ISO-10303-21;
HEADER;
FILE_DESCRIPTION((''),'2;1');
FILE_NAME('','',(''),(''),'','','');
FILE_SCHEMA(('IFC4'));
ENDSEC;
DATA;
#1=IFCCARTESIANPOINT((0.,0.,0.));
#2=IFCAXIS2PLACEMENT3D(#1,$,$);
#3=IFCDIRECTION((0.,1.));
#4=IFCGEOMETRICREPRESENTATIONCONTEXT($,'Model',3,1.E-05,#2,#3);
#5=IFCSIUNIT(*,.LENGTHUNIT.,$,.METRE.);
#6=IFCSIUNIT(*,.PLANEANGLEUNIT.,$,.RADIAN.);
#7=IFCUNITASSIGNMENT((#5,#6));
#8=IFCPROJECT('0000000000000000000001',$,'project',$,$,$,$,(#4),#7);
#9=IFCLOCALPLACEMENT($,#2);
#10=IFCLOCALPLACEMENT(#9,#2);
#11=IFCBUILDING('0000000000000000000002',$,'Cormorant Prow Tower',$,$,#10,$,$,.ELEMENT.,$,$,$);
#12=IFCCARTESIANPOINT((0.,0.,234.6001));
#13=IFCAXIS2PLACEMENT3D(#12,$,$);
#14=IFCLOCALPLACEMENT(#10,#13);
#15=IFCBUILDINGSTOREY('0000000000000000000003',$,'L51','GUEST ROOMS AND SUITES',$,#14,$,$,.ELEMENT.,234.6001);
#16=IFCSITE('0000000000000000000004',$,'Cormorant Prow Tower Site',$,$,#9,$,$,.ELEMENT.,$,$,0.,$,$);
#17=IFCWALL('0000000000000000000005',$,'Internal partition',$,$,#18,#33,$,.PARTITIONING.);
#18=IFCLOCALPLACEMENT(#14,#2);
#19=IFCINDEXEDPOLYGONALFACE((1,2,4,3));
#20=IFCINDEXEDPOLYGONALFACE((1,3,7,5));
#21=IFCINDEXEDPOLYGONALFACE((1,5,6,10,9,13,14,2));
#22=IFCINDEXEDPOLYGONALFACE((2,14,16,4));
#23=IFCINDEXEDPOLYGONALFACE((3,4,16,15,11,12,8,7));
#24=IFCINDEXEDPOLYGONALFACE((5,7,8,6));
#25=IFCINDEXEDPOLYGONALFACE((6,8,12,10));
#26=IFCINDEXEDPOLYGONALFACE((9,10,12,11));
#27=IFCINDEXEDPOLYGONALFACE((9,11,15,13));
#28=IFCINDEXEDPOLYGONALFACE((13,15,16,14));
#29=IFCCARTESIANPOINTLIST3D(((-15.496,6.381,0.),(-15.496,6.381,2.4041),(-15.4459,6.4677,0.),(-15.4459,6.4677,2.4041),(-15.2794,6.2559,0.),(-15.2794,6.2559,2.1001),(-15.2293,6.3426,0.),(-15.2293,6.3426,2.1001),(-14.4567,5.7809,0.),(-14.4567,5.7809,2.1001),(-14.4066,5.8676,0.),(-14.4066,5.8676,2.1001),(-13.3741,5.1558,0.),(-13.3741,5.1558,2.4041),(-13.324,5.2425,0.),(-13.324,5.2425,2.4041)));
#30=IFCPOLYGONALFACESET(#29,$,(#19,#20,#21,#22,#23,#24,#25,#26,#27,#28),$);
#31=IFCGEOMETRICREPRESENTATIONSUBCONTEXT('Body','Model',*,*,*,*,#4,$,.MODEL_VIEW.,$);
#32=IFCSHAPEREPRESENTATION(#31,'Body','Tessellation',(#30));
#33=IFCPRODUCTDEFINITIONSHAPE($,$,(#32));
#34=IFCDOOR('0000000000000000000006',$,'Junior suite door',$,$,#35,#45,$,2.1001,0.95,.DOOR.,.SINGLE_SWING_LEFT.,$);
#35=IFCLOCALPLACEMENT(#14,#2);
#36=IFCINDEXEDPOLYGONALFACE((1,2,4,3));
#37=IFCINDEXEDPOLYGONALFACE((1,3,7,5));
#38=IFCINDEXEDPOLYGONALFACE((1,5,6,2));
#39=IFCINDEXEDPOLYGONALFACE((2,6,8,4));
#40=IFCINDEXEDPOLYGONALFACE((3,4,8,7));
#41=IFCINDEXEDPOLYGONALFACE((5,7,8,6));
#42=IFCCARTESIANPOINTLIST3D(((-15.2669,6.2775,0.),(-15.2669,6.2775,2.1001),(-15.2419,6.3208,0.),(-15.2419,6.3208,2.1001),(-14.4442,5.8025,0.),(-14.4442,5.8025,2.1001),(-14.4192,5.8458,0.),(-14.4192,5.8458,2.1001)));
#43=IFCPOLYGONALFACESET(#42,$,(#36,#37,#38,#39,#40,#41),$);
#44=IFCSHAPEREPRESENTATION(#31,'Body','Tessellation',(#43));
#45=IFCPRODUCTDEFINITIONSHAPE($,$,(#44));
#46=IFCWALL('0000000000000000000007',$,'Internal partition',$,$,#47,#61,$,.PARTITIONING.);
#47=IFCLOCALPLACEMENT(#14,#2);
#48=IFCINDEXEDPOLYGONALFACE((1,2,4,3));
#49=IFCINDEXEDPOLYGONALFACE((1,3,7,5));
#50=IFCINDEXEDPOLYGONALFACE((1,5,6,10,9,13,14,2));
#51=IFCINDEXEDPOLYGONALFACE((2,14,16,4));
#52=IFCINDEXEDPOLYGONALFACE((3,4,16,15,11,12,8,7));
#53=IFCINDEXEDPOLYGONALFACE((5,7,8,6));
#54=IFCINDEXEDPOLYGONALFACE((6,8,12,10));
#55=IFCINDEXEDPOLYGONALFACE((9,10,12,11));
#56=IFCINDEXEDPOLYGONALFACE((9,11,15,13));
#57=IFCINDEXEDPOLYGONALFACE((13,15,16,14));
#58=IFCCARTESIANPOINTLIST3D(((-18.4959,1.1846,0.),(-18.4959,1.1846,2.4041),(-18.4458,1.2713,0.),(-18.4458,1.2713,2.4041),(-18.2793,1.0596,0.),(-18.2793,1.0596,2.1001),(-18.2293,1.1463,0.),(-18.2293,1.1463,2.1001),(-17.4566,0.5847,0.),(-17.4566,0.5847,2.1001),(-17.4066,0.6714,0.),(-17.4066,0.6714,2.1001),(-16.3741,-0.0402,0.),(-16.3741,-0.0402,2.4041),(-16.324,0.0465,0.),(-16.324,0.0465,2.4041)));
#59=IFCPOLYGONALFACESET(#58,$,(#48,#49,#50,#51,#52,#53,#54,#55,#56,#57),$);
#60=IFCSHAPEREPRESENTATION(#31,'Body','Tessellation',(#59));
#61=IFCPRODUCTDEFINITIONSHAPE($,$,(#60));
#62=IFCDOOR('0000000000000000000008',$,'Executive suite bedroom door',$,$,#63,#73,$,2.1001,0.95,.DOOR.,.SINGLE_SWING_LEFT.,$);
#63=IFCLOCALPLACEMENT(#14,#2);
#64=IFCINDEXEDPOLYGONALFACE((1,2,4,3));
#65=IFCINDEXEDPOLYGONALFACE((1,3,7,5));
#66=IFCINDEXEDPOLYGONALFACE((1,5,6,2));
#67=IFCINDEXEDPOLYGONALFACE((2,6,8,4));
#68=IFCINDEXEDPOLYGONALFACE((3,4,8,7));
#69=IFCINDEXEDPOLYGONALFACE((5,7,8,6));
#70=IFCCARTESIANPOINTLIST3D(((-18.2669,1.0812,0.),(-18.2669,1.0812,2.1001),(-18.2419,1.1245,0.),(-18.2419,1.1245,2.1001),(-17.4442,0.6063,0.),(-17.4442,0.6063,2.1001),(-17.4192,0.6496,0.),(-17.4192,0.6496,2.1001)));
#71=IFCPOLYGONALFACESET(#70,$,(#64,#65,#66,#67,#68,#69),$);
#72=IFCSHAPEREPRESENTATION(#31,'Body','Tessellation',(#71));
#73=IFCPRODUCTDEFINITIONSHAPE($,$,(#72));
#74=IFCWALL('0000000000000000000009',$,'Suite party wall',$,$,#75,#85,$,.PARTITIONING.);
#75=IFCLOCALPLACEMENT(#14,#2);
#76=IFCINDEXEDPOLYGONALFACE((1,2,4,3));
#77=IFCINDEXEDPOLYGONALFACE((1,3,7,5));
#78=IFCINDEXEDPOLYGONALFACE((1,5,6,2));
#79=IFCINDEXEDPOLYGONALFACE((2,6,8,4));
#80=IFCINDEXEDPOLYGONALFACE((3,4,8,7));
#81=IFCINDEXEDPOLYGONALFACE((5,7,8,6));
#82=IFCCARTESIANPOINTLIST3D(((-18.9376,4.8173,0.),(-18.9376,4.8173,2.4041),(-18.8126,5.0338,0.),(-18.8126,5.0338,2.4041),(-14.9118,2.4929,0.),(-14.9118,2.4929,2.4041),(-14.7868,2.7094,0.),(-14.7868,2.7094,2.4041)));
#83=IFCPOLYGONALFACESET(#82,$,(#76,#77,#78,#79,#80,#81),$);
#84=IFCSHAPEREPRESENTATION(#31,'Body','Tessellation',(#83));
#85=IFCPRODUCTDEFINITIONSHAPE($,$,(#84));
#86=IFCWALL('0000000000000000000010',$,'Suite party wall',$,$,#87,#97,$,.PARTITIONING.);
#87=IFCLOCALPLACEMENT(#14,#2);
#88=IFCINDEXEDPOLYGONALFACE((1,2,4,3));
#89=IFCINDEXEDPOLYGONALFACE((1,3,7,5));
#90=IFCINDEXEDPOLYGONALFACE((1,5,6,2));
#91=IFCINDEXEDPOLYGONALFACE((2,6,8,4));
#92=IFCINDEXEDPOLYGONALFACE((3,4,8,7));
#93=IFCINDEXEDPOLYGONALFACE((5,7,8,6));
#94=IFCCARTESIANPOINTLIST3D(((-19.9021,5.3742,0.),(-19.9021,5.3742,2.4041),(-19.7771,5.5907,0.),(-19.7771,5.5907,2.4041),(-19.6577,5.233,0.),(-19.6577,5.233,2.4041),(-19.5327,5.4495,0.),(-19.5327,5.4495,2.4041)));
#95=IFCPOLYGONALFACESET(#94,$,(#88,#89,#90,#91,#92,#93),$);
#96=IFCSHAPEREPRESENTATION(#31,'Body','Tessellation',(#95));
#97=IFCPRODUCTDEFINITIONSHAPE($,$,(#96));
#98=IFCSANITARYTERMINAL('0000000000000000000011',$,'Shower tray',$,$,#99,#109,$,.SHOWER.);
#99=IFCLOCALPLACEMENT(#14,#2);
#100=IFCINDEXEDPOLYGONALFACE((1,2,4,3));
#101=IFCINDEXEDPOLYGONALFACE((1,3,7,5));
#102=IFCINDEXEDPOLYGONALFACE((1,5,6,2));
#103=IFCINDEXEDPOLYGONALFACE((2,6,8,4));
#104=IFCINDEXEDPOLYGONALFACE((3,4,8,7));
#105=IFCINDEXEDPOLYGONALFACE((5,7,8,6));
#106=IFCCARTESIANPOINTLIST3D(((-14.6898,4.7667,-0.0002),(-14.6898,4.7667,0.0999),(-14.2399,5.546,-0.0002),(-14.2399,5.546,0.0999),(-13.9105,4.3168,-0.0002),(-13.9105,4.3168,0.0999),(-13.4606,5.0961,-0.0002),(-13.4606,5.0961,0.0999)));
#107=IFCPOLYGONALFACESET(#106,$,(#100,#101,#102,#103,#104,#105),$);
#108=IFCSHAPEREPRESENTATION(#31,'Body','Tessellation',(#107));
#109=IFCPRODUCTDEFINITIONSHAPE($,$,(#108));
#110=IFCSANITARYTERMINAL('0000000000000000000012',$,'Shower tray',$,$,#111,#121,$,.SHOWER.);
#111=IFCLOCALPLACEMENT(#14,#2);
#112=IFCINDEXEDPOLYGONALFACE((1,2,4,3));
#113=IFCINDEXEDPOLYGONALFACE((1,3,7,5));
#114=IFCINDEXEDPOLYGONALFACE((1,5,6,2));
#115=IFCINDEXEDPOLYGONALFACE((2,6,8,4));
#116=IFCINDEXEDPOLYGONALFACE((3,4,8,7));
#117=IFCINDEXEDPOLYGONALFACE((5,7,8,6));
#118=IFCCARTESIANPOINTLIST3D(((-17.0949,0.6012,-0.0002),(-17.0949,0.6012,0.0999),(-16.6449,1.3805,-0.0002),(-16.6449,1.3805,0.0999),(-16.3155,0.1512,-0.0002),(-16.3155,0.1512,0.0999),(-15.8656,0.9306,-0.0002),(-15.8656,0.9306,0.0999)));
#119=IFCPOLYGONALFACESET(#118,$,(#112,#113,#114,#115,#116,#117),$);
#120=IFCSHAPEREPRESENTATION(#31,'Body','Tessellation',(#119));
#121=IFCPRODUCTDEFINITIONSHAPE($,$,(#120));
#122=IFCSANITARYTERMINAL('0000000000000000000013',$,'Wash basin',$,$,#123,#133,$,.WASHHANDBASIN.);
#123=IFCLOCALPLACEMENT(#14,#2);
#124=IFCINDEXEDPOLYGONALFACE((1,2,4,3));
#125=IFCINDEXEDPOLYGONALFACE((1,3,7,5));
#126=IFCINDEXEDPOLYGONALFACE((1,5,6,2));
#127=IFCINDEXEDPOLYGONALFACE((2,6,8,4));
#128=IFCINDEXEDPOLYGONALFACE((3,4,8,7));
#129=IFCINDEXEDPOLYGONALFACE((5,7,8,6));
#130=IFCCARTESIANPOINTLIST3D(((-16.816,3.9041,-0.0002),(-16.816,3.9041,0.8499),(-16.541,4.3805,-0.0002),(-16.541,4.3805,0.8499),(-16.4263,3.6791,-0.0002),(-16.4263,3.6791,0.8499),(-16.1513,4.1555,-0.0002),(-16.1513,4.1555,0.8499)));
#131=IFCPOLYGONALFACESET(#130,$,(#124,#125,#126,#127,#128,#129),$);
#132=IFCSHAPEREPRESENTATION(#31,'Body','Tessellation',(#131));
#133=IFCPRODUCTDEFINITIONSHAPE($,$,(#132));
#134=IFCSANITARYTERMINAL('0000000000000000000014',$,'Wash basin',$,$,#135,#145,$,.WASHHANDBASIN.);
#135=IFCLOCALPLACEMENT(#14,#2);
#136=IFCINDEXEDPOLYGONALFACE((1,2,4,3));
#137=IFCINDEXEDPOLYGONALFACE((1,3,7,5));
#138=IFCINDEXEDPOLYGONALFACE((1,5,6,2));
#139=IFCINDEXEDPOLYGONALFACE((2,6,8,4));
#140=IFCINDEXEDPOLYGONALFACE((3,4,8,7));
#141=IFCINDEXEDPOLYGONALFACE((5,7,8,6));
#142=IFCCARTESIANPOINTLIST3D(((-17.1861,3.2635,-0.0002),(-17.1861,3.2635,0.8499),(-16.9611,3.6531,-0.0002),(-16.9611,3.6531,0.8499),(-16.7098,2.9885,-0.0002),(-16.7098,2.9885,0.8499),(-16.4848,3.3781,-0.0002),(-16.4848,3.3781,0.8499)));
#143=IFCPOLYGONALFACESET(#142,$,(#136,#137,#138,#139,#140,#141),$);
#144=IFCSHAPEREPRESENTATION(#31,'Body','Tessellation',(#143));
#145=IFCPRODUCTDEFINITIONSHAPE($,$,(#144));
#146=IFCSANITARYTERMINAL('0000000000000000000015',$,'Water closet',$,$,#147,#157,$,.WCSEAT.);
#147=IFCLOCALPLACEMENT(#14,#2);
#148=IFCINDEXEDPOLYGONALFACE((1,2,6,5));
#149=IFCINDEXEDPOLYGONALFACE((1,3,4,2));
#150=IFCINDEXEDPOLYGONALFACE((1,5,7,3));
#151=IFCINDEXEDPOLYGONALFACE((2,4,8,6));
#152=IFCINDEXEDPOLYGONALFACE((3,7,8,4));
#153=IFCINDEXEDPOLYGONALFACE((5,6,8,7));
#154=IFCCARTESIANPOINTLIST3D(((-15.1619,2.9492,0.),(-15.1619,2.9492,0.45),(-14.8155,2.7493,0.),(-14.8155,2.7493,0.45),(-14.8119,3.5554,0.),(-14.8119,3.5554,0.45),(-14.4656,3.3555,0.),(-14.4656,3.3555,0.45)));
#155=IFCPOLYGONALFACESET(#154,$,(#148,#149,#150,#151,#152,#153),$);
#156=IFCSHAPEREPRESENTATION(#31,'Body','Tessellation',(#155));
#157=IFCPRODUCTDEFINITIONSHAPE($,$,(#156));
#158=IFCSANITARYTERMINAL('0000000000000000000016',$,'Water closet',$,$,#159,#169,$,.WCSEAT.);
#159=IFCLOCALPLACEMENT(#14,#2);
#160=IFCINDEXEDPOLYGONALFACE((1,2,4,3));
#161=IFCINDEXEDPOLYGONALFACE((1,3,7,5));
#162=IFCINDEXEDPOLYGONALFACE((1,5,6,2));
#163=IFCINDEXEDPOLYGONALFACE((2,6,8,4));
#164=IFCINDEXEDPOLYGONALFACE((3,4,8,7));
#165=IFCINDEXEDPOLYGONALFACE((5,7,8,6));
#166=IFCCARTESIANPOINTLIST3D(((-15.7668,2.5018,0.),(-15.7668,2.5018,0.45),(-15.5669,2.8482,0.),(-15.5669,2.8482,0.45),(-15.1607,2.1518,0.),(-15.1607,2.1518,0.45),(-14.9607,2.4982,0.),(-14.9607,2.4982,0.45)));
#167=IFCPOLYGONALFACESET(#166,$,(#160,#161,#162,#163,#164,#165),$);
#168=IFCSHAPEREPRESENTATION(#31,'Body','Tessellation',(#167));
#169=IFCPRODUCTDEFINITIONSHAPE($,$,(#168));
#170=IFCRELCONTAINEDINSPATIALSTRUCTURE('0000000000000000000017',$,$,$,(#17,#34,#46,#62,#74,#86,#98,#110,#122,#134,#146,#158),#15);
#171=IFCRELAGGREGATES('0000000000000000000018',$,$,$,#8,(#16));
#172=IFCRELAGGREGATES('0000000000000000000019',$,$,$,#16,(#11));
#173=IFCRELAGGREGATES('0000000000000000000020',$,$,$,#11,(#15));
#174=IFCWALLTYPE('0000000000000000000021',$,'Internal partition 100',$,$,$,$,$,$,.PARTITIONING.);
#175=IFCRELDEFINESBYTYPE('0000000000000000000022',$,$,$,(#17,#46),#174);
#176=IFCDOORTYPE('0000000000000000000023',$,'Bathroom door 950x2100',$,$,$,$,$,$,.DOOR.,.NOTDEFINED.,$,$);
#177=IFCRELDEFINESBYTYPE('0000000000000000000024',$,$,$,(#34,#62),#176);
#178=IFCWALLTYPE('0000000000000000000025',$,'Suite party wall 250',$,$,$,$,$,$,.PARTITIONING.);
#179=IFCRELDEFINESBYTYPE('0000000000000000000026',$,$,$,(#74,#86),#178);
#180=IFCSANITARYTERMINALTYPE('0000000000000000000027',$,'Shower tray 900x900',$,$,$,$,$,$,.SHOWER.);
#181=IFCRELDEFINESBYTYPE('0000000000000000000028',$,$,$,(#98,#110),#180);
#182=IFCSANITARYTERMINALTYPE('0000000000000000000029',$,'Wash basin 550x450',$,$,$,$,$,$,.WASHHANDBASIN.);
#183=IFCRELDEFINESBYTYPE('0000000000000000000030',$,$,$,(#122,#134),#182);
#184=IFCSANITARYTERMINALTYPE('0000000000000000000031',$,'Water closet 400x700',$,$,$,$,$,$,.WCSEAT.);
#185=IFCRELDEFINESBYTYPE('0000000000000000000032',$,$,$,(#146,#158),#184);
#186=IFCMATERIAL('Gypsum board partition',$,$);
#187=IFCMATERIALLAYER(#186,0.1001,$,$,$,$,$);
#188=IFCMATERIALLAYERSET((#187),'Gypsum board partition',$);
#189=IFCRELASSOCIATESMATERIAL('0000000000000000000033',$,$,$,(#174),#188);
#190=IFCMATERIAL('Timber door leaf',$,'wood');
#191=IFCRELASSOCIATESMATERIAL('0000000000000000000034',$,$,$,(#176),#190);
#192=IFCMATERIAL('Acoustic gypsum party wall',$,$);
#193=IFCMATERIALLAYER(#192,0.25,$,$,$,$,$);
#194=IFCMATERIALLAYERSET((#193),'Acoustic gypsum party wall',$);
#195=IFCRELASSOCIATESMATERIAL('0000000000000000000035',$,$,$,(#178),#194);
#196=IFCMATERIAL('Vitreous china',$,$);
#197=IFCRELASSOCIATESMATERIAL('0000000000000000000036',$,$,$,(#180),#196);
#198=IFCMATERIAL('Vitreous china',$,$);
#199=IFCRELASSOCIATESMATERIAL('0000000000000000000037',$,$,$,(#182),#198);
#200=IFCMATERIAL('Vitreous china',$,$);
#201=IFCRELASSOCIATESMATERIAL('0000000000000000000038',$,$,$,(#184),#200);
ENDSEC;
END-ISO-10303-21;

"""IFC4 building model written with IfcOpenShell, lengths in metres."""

from ifc_helpers import new_model, si_unit, direction, frame, frame_2d, origin, origin_2d, place, context, subcontext, project, spatial, rectangle, extrude, material, layer, layer_set, type_object, element, fill, save


model = new_model("IFC4")

# Units and contexts
model_context = context("Model", 3, precision=1e-05, world=origin(), true_north=direction((0.0, 1.0)))
body_context = subcontext(model_context, "Body", "Model", "MODEL_VIEW")
ifc_project = project(units=[si_unit("LENGTHUNIT", "METRE"), si_unit("PLANEANGLEUNIT", "RADIAN")], contexts=[model_context])

# Site, building, storey
site_placement = place(None, origin())
site = spatial("IfcSite", under=ifc_project, at=site_placement, Name="Cormorant Prow Tower Site", CompositionType="ELEMENT", RefElevation=0.0)
building_placement = place(site_placement, origin())
building = spatial("IfcBuilding", under=site, at=building_placement, Name="Cormorant Prow Tower", CompositionType="ELEMENT")
storey_placement = place(building_placement, frame((0.0, 0.0, 234.6001)))
storey = spatial("IfcBuildingStorey", under=building, at=storey_placement, Name="L51", Description="GUEST ROOMS AND SUITES", CompositionType="ELEMENT", Elevation=234.6001)

# Shared definitions
ifc_material_1 = material(Name="Gypsum board partition")
ifc_layer_1 = layer(ifc_material_1, 0.1001)
ifc_layer_set_1 = layer_set([ifc_layer_1], Name="Gypsum board partition")
wall_type_1 = type_object("IfcWallType", Name="Internal partition 100", PredefinedType="PARTITIONING", material=ifc_layer_set_1)

# Walls, openings, doors
wall_1_placement = place(storey_placement, frame((-15.4709, 6.4243, 0.0), z_axis=(0.0, 0.0, 1.0), x_axis=(0.866015, -0.500019, 0.0)))
wall_1 = element("IfcWall", 1, at=wall_1_placement, inside=storey, type_object=wall_type_1, Name="Internal partition", PredefinedType="PARTITIONING", context=body_context, shape_type="SweptSolid", body=[
    extrude(rectangle(XDim=2.4502, YDim=0.1001, at=frame_2d((1.2251, 0.0))), origin(), (0.0, 0.0, 1.0), 2.4041),
])
opening_1_placement = place(wall_1_placement, frame((0.25, 0.0, 0.0)))
opening_1 = element("IfcOpeningElement", 2, at=opening_1_placement, cuts=wall_1, PredefinedType="OPENING", context=body_context, shape_type="SweptSolid", body=[
    extrude(rectangle(XDim=0.95, YDim=2.1001, at=frame_2d((0.4751, 1.05))), frame((0.0, 0.0601, 0.0), z_axis=(0.0, -1.0, 0.0), x_axis=(1.0, 0.0, 0.0)), (0.0, 0.0, 1.0), 0.1201),
])
ifc_material_2 = material(Name="Timber door leaf", Category="wood")
door_type_1 = type_object("IfcDoorType", Name="Bathroom door 950x2100", OperationType="NOTDEFINED", PredefinedType="DOOR", material=ifc_material_2)
door_1_placement = place(opening_1_placement, origin())
door_1 = element("IfcDoor", 3, at=door_1_placement, inside=storey, type_object=door_type_1, Name="Junior suite door", OperationType="SINGLE_SWING_LEFT", OverallHeight=2.1001, OverallWidth=0.95, PredefinedType="DOOR", context=body_context, shape_type="SweptSolid", body=[
    extrude(rectangle(XDim=0.95, YDim=2.1001, at=frame_2d((0.4751, 1.05))), frame((0.0, 0.0249, 0.0), z_axis=(0.0, -1.0, 0.0), x_axis=(1.0, 0.0, 0.0)), (0.0, 0.0, 1.0), 0.05),
])
fill(opening_1, door_1)
wall_2_placement = place(storey_placement, frame((-18.4709, 1.228, 0.0), z_axis=(0.0, 0.0, 1.0), x_axis=(0.866058, -0.499944, 0.0)))
wall_2 = element("IfcWall", 4, at=wall_2_placement, inside=storey, type_object=wall_type_1, Name="Internal partition", PredefinedType="PARTITIONING", context=body_context, shape_type="SweptSolid", body=[
    extrude(rectangle(XDim=2.45, YDim=0.1001, at=frame_2d((1.2251, 0.0))), origin(), (0.0, 0.0, 1.0), 2.4041),
])
opening_2_placement = place(wall_2_placement, frame((0.25, 0.0, 0.0)))
opening_2 = element("IfcOpeningElement", 5, at=opening_2_placement, cuts=wall_2, PredefinedType="OPENING", context=body_context, shape_type="SweptSolid", body=[
    extrude(rectangle(XDim=0.95, YDim=2.1001, at=frame_2d((0.4751, 1.05))), frame((0.0, 0.0601, 0.0), z_axis=(0.0, -1.0, 0.0), x_axis=(1.0, 0.0, 0.0)), (0.0, 0.0, 1.0), 0.1201),
])
door_2_placement = place(opening_2_placement, origin())
door_2 = element("IfcDoor", 6, at=door_2_placement, inside=storey, type_object=door_type_1, Name="Executive suite bedroom door", OperationType="SINGLE_SWING_LEFT", OverallHeight=2.1001, OverallWidth=0.95, PredefinedType="DOOR", context=body_context, shape_type="SweptSolid", body=[
    extrude(rectangle(XDim=0.95, YDim=2.1001, at=frame_2d((0.4751, 1.05))), frame((0.0, 0.0249, 0.0), z_axis=(0.0, -1.0, 0.0), x_axis=(1.0, 0.0, 0.0)), (0.0, 0.0, 1.0), 0.05),
])
fill(opening_2, door_2)

# Walls
ifc_material_3 = material(Name="Acoustic gypsum party wall")
ifc_layer_2 = layer(ifc_material_3, 0.25)
ifc_layer_set_2 = layer_set([ifc_layer_2], Name="Acoustic gypsum party wall")
wall_type_2 = type_object("IfcWallType", Name="Suite party wall 250", PredefinedType="PARTITIONING", material=ifc_layer_set_2)
wall_3_placement = place(storey_placement, frame((-18.875, 4.9255, 0.0), z_axis=(0.0, 0.0, 1.0), x_axis=(0.866014, -0.500019, 0.0)))
element("IfcWall", 7, at=wall_3_placement, inside=storey, type_object=wall_type_2, Name="Suite party wall", PredefinedType="PARTITIONING", context=body_context, shape_type="SweptSolid", body=[
    extrude(rectangle(XDim=4.6487, YDim=0.25, at=frame_2d((2.3242, 0.0))), origin(), (0.0, 0.0, 1.0), 2.4041),
])
wall_4_placement = place(storey_placement, frame((-19.8396, 5.4824, 0.0), z_axis=(0.0, 0.0, 1.0), x_axis=(0.865998, -0.500047, 0.0)))
element("IfcWall", 8, at=wall_4_placement, inside=storey, type_object=wall_type_2, Name="Suite party wall", PredefinedType="PARTITIONING", context=body_context, shape_type="SweptSolid", body=[
    extrude(rectangle(XDim=0.2822, YDim=0.25, at=frame_2d((0.1411, 0.0))), origin(), (0.0, 0.0, 1.0), 2.4041),
])

# Sanitary terminals
ifc_material_4 = material(Name="Vitreous china")
sanitary_terminal_type_1 = type_object("IfcSanitaryTerminalType", Name="Shower tray 900x900", PredefinedType="SHOWER", material=ifc_material_4)
for number, where, z_axis, x_axis, name in (
    (9, (-14.0752, 4.9314, -0.0002), (0.0, 0.0, 1.0), (-0.5, -0.866025, 0.0), "Shower tray"),
    (10, (-16.4802, 0.7659, -0.0002), (0.0, 0.0, 1.0), (-0.866025, 0.5, 0.0), "Shower tray"),
):
    element("IfcSanitaryTerminal", number, at=place(storey_placement, frame(where, z_axis=z_axis, x_axis=x_axis)), inside=storey, type_object=sanitary_terminal_type_1, Name=name, PredefinedType="SHOWER", context=body_context, shape_type="SweptSolid", body=[
        extrude(rectangle(XDim=0.8999, YDim=0.8999, at=origin_2d()), origin(), (0.0, 0.0, 1.0), 0.1001),
    ])
ifc_material_5 = material(Name="Vitreous china")
sanitary_terminal_type_2 = type_object("IfcSanitaryTerminalType", Name="Wash basin 550x450", PredefinedType="WASHHANDBASIN", material=ifc_material_5)
for number, where, z_axis, x_axis, name in (
    (11, (-16.4836, 4.0298, -0.0002), (0.0, 0.0, 1.0), (0.5, 0.866025, 0.0), "Wash basin"),
    (12, (-16.8354, 3.3208, -0.0002), (0.0, 0.0, 1.0), (0.866025, -0.5, 0.0), "Wash basin"),
):
    element("IfcSanitaryTerminal", number, at=place(storey_placement, frame(where, z_axis=z_axis, x_axis=x_axis)), inside=storey, type_object=sanitary_terminal_type_2, Name=name, PredefinedType="WASHHANDBASIN", context=body_context, shape_type="SweptSolid", body=[
        extrude(rectangle(XDim=0.55, YDim=0.45, at=origin_2d()), origin(), (0.0, 0.0, 1.0), 0.8501),
    ])
ifc_material_6 = material(Name="Vitreous china")
sanitary_terminal_type_3 = type_object("IfcSanitaryTerminalType", Name="Water closet 400x700", PredefinedType="WCSEAT", material=ifc_material_6)
for number, where, z_axis, x_axis, name in (
    (13, (-14.8137, 3.1523, 0.0), (0.0, 0.0, 1.0), (-0.866025, 0.5, 0.0), "Water closet"),
    (14, (-15.3638, 2.5, 0.0), (0.0, 0.0, 1.0), (-0.5, -0.866025, 0.0), "Water closet"),
):
    element("IfcSanitaryTerminal", number, at=place(storey_placement, frame(where, z_axis=z_axis, x_axis=x_axis)), inside=storey, type_object=sanitary_terminal_type_3, Name=name, PredefinedType="WCSEAT", context=body_context, shape_type="SweptSolid", body=[
        extrude(rectangle(XDim=0.3999, YDim=0.7, at=origin_2d()), origin(), (0.0, 0.0, 1.0), 0.45),
    ])

save(model, "model.ifc")
